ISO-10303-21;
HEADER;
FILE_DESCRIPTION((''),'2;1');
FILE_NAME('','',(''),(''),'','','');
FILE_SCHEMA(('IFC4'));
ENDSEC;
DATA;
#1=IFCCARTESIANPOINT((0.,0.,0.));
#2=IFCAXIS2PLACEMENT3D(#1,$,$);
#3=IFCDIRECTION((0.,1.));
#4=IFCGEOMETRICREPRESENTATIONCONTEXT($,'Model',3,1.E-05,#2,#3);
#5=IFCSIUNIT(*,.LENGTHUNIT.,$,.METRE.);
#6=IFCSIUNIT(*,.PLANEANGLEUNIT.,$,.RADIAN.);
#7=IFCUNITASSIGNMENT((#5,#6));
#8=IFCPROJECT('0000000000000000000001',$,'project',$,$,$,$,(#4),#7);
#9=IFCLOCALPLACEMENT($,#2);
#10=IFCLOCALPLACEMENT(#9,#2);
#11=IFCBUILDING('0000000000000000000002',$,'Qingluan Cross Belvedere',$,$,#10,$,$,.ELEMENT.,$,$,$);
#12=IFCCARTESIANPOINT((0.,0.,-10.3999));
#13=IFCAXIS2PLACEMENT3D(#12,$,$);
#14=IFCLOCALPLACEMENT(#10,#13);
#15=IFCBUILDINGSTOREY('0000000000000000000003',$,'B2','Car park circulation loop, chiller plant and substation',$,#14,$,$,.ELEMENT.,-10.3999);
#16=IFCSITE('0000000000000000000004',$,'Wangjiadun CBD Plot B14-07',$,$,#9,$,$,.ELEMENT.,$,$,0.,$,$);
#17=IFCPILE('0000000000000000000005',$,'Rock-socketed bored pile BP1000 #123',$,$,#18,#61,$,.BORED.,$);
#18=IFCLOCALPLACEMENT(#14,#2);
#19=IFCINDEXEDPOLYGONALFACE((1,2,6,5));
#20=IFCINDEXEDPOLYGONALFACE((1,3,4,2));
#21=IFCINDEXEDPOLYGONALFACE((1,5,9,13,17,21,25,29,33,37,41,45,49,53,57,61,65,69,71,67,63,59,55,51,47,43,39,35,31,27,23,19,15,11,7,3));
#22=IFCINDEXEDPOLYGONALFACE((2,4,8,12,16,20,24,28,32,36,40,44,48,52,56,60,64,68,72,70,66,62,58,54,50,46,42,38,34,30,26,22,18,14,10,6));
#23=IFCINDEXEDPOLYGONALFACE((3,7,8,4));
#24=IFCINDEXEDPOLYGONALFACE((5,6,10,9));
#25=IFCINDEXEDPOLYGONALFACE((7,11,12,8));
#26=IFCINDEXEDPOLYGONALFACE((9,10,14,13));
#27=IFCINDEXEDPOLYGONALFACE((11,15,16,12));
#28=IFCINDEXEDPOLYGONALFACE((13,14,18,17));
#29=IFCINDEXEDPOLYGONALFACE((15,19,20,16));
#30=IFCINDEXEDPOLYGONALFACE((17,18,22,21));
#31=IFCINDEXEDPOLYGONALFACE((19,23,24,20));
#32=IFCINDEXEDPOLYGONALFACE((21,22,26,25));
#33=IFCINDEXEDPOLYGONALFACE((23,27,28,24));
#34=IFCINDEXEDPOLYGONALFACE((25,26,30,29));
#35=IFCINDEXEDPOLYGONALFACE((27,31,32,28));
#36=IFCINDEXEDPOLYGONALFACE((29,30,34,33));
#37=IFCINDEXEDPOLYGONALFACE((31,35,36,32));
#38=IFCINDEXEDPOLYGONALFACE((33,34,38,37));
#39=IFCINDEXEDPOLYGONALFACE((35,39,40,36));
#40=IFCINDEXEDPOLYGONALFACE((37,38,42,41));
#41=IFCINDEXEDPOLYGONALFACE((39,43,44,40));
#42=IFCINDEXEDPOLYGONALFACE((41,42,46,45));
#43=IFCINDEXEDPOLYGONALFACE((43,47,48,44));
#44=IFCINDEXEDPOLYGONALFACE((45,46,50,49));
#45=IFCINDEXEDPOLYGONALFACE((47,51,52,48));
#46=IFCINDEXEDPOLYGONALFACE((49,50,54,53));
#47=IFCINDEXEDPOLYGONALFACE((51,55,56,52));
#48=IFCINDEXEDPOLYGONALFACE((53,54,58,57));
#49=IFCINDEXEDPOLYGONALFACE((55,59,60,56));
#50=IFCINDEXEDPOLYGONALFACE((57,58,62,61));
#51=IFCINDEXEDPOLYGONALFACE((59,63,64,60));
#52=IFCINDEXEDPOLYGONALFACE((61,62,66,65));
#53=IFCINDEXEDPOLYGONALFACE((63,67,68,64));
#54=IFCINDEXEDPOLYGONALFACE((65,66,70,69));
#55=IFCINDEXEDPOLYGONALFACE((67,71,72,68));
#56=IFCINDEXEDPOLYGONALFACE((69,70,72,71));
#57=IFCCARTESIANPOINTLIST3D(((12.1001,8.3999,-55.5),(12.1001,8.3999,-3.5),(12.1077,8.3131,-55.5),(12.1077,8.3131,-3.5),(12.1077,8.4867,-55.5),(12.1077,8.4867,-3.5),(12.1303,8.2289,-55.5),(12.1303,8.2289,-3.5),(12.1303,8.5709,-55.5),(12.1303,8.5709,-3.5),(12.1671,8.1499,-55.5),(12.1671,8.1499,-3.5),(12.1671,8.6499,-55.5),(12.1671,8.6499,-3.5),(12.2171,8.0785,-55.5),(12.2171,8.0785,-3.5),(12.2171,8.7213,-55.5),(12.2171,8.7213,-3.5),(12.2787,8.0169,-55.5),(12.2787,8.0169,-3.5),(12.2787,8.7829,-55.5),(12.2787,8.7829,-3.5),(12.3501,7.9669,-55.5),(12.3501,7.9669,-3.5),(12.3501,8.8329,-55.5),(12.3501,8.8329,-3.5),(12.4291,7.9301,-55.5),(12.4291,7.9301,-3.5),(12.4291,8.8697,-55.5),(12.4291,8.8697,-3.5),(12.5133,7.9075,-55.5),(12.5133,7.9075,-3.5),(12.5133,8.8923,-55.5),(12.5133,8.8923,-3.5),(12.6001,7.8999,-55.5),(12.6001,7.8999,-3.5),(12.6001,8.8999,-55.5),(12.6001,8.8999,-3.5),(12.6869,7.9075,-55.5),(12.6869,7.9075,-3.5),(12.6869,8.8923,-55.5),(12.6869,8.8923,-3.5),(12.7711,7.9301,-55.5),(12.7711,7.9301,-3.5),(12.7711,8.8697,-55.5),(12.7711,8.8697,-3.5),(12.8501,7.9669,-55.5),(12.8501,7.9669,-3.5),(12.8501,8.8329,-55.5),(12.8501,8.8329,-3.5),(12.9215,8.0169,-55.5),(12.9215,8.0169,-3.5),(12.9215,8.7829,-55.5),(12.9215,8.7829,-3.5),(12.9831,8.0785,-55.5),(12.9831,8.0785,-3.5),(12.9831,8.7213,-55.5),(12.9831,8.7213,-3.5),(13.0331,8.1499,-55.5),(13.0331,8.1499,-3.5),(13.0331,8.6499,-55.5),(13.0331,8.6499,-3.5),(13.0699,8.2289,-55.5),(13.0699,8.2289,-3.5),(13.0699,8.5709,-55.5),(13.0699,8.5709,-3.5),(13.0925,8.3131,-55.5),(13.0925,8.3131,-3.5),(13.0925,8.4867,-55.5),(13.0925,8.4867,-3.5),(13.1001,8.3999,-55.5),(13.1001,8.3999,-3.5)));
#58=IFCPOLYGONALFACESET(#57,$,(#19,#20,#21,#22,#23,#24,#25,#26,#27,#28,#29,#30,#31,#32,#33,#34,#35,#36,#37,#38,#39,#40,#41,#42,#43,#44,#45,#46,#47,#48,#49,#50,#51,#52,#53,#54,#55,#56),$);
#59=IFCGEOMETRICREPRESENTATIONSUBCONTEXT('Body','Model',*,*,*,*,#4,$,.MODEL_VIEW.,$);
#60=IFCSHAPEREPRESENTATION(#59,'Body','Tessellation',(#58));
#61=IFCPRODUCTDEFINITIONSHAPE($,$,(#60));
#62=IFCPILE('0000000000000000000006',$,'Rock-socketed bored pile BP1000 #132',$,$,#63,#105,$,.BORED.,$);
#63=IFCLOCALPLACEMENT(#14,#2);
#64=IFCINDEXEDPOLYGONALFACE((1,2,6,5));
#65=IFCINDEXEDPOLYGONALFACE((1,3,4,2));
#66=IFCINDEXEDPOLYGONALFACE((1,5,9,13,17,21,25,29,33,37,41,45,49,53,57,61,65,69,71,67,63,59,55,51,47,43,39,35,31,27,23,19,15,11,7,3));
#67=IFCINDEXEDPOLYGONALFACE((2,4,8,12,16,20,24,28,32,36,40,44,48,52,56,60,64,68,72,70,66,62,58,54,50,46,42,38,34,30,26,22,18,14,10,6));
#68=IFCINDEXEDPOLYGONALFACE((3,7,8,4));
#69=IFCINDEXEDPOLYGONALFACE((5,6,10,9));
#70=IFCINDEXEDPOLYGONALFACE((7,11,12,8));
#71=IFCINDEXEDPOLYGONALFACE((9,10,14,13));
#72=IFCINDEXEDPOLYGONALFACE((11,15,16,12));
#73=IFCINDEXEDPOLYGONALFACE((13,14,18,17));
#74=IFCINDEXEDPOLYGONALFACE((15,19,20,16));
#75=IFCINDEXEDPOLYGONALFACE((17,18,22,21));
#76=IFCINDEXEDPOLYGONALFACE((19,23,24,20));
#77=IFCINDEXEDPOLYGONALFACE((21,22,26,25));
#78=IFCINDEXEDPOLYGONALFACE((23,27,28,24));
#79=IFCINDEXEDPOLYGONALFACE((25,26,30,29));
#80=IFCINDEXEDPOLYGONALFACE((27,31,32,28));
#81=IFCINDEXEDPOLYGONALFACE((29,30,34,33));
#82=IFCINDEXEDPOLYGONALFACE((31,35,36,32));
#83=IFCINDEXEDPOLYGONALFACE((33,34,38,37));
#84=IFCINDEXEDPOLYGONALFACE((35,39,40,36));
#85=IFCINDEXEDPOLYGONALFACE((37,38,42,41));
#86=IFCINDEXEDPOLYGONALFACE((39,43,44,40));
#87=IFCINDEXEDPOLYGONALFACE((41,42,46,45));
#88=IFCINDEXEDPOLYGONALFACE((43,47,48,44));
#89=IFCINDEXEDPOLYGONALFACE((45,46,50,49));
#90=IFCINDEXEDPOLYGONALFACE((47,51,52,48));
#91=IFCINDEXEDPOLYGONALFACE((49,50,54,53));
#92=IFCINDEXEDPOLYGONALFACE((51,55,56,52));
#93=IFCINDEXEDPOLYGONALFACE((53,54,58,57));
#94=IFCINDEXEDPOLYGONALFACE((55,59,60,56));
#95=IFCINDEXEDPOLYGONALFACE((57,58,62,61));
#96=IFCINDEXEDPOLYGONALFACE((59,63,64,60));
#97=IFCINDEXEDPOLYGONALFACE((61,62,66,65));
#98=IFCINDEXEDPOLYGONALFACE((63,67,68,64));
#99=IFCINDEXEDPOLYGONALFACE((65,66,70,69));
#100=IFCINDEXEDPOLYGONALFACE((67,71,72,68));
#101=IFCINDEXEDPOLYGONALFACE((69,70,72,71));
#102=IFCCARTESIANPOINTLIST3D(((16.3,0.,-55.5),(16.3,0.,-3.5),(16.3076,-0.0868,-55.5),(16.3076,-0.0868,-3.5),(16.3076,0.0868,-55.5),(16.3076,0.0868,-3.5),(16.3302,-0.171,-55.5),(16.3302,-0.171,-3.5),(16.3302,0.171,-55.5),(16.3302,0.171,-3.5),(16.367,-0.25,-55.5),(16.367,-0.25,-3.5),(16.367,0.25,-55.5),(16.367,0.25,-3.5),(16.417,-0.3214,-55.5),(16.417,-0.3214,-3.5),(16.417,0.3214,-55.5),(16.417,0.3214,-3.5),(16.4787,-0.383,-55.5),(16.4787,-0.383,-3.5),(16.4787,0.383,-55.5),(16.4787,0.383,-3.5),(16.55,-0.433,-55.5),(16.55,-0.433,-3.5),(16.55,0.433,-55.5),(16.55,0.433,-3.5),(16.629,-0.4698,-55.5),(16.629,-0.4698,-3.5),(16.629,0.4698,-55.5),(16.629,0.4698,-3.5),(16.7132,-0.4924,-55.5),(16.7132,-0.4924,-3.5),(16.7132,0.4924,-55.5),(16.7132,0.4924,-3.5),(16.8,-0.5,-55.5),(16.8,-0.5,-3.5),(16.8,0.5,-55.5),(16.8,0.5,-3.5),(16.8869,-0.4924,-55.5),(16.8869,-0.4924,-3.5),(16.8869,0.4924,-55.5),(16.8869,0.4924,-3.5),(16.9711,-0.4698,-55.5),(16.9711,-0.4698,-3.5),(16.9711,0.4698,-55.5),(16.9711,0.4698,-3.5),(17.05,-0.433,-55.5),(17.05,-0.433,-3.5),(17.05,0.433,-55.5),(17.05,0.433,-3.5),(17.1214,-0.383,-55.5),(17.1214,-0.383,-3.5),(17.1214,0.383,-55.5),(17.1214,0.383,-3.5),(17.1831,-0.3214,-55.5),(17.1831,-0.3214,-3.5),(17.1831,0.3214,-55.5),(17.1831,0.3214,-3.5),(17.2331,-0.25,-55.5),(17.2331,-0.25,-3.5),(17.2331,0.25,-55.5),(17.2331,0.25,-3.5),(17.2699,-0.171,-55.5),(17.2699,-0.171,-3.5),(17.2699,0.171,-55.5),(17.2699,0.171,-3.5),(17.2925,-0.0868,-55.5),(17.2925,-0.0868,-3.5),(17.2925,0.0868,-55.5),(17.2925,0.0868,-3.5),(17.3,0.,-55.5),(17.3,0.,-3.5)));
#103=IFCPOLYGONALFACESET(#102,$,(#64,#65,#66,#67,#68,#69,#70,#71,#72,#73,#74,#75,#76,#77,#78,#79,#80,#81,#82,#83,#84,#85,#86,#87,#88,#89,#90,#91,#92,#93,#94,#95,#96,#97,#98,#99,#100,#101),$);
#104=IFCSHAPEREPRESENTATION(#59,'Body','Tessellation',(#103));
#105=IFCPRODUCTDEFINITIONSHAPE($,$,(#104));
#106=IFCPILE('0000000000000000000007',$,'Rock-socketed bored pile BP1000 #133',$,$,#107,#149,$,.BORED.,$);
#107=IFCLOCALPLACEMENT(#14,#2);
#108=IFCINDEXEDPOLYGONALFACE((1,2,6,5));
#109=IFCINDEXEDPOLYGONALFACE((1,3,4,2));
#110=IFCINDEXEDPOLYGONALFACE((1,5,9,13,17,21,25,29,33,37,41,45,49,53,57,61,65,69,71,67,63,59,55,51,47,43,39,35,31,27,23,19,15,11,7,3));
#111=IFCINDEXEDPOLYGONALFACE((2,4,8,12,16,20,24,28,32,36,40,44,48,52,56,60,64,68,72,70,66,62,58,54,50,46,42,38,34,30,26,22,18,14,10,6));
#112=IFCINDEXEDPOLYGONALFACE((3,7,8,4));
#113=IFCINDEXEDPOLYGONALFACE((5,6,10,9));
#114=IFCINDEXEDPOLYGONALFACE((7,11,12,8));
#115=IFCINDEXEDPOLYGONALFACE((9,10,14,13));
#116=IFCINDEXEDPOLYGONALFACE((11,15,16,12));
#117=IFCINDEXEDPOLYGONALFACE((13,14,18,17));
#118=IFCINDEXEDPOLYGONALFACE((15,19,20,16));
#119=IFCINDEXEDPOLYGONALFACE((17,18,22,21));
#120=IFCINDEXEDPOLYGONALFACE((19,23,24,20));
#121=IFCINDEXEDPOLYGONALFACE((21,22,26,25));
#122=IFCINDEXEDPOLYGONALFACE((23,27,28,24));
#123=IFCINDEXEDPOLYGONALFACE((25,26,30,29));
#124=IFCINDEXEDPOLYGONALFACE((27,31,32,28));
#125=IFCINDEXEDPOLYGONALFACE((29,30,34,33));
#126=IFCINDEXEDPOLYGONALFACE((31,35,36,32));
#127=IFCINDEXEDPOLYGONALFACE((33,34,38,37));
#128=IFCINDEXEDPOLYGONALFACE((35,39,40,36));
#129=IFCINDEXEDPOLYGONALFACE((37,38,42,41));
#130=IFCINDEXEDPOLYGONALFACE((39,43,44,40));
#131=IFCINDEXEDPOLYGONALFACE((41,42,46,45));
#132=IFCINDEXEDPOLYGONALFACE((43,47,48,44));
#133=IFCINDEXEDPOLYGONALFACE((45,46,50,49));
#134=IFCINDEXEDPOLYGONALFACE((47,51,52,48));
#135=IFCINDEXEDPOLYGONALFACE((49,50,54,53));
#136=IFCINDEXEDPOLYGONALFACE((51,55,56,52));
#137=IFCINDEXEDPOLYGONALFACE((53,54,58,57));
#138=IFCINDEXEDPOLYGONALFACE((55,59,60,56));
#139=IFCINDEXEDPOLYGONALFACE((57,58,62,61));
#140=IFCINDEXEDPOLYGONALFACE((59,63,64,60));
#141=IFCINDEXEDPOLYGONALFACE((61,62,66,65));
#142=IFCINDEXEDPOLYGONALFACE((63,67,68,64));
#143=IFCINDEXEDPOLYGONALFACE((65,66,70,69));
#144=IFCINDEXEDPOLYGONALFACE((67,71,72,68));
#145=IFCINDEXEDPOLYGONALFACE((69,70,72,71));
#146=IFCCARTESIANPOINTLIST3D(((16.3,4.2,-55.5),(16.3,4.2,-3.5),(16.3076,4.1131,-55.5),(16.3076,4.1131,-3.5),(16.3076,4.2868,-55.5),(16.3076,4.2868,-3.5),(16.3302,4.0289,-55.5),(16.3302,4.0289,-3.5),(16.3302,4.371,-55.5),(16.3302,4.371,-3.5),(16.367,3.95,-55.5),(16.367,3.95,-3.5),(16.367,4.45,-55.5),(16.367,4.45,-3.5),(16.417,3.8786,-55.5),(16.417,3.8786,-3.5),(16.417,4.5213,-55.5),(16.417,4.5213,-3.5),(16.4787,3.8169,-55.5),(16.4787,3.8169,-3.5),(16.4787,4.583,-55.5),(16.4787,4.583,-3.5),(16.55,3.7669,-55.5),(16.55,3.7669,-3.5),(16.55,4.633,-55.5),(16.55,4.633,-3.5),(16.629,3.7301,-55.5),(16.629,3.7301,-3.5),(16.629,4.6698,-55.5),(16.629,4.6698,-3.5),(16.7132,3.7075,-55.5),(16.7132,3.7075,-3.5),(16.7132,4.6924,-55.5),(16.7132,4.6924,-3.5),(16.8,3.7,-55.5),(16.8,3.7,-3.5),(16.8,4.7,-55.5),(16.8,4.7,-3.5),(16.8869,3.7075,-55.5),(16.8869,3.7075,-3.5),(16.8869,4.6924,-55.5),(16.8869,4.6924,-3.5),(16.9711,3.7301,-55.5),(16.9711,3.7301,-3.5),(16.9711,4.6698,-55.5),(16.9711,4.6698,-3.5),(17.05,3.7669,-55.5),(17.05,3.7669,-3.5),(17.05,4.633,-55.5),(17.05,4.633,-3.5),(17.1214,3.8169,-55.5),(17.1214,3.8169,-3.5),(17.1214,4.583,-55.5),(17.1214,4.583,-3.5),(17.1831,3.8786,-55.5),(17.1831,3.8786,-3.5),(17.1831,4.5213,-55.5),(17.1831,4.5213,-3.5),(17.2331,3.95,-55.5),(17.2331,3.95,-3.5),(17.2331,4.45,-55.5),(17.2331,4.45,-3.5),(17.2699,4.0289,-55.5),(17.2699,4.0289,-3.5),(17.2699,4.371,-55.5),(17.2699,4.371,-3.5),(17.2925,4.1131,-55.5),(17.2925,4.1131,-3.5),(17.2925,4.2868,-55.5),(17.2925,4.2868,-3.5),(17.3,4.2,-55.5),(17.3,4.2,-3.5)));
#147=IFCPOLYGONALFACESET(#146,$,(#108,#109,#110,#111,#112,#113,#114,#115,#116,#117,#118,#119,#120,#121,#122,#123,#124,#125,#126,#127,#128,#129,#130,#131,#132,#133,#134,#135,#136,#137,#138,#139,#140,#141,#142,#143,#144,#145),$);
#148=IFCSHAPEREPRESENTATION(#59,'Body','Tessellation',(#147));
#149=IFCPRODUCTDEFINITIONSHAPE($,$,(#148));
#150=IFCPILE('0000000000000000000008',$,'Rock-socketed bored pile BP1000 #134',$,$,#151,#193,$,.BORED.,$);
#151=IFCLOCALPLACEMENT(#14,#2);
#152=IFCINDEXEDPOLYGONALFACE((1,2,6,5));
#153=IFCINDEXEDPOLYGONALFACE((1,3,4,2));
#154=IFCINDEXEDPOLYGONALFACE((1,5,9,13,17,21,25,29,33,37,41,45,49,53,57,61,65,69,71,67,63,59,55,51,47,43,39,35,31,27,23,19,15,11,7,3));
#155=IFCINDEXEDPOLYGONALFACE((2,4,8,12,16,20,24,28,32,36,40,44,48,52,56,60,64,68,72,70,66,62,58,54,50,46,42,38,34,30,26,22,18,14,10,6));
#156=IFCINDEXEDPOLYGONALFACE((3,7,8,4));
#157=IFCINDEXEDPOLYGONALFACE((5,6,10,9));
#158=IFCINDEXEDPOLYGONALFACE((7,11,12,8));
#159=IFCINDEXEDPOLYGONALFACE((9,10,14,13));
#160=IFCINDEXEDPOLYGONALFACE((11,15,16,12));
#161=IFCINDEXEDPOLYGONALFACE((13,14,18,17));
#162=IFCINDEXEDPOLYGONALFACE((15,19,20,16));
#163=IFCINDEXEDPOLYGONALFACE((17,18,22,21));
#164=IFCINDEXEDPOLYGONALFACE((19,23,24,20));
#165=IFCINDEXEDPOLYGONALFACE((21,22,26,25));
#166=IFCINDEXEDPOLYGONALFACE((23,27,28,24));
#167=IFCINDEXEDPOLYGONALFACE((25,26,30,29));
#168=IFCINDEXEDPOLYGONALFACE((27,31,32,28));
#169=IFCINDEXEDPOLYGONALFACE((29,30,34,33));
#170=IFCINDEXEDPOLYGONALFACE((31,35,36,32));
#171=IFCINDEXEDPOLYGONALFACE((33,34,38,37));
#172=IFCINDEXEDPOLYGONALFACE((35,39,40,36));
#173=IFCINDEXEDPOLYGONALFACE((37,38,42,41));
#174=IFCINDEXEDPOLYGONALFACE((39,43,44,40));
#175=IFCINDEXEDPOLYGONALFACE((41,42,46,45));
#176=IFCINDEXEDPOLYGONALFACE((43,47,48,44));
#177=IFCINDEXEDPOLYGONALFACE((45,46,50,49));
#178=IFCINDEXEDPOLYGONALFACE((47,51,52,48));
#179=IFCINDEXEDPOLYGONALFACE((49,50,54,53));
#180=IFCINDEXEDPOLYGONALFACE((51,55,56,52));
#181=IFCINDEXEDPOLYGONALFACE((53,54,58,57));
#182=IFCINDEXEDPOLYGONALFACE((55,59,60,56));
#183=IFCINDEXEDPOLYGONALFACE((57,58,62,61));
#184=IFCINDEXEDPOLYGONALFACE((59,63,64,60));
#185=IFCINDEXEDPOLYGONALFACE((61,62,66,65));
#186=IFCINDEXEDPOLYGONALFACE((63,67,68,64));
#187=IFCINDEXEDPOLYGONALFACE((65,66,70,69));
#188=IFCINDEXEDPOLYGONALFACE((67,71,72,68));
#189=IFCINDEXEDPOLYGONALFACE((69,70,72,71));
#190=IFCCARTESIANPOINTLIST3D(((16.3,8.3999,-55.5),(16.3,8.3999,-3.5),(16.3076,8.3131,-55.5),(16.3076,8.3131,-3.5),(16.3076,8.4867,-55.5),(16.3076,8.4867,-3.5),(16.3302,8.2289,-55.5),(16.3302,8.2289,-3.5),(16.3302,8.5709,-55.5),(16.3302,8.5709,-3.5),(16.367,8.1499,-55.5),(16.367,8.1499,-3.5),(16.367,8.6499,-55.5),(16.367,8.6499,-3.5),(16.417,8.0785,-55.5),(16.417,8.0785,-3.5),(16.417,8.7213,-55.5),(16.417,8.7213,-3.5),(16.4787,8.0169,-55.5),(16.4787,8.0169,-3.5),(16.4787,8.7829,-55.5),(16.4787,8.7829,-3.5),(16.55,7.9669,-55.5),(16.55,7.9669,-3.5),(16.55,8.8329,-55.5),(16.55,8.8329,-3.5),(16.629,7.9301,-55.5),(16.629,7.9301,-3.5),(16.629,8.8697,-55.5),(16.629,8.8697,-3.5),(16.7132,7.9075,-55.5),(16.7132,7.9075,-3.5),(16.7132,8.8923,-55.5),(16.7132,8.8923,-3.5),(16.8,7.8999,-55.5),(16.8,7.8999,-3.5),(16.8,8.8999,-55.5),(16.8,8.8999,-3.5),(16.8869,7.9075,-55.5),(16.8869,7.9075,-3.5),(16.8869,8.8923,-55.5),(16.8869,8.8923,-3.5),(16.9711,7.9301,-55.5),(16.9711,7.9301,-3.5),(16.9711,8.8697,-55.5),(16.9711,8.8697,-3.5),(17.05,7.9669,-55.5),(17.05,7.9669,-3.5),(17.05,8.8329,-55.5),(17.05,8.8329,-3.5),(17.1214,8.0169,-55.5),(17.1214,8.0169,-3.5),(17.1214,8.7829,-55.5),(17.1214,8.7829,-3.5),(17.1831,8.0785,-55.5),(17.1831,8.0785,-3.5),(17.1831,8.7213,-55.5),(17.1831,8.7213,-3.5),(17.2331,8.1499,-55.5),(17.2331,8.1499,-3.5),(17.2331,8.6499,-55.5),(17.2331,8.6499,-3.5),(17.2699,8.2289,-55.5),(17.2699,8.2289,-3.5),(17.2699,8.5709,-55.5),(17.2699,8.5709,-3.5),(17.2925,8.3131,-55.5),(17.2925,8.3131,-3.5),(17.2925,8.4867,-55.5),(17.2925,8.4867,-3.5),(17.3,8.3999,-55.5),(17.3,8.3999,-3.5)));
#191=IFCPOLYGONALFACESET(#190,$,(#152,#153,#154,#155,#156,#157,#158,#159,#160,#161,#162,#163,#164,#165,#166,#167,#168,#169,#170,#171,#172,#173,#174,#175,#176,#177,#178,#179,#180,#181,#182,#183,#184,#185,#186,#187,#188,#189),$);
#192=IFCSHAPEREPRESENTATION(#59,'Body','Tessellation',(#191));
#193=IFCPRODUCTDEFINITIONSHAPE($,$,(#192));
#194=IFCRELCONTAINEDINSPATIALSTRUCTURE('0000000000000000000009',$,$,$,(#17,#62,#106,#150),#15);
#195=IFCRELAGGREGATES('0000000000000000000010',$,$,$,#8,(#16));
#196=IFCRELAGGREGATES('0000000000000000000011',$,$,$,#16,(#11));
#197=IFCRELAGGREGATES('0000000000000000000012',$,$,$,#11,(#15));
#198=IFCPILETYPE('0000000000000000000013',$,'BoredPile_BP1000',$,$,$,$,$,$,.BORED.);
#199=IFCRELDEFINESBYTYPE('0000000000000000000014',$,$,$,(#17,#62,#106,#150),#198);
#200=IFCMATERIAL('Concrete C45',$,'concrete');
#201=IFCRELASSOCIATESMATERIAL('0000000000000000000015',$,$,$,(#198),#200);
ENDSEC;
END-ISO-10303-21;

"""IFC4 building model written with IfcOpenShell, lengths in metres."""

from ifc_helpers import new_model, si_unit, direction, frame, origin, origin_2d, place, context, subcontext, project, spatial, circle, extrude, material, material_profile, profile_set, type_object, element, save


model = new_model("IFC4")

# Units and contexts
model_context = context("Model", 3, precision=1e-05, world=origin(), true_north=direction((0.0, 1.0)))
body_context = subcontext(model_context, "Body", "Model", "MODEL_VIEW")
ifc_project = project(units=[si_unit("LENGTHUNIT", "METRE"), si_unit("PLANEANGLEUNIT", "RADIAN")], contexts=[model_context])

# Site, building, storey
site_placement = place(None, origin())
site = spatial("IfcSite", under=ifc_project, at=site_placement, Name="Wangjiadun CBD Plot B14-07", CompositionType="ELEMENT", RefElevation=0.0)
building_placement = place(site_placement, origin())
building = spatial("IfcBuilding", under=site, at=building_placement, Name="Qingluan Cross Belvedere", CompositionType="ELEMENT")
storey_placement = place(building_placement, frame((0.0, 0.0, -10.3999)))
storey = spatial("IfcBuildingStorey", under=building, at=storey_placement, Name="B2", Description="Car park circulation loop, chiller plant and substation", CompositionType="ELEMENT", Elevation=-10.3999)

# Piles
ifc_material_1 = material(Name="Concrete C45", Category="concrete")
ifc_material_profile_1 = material_profile(ifc_material_1, circle(Radius=0.5, at=origin_2d()), Name="BP1000")
ifc_profile_set_1 = profile_set([ifc_material_profile_1], Name="Concrete C45")
pile_type_1 = type_object("IfcPileType", Name="BoredPile_BP1000", PredefinedType="BORED", material=ifc_profile_set_1)
for number, where, z_axis, x_axis, name in (
    (1, (12.6001, 8.3999, -3.5), (0.0, 0.0, -1.0), (1.0, 0.0, 0.0), "Rock-socketed bored pile BP1000 #123"),
    (2, (16.8, 0.0, -3.5), (0.0, 0.0, -1.0), (1.0, 0.0, 0.0), "Rock-socketed bored pile BP1000 #132"),
    (3, (16.8, 4.2, -3.5), (0.0, 0.0, -1.0), (1.0, 0.0, 0.0), "Rock-socketed bored pile BP1000 #133"),
    (4, (16.8, 8.3999, -3.5), (0.0, 0.0, -1.0), (1.0, 0.0, 0.0), "Rock-socketed bored pile BP1000 #134"),
):
    element("IfcPile", number, at=place(storey_placement, frame(where, z_axis=z_axis, x_axis=x_axis)), inside=storey, type_object=pile_type_1, Name=name, PredefinedType="BORED", context=body_context, shape_type="SweptSolid", body=[
        extrude(circle(Radius=0.5, at=origin_2d()), origin(), (0.0, 0.0, 1.0), 52.0),
    ])

save(model, "model.ifc")
